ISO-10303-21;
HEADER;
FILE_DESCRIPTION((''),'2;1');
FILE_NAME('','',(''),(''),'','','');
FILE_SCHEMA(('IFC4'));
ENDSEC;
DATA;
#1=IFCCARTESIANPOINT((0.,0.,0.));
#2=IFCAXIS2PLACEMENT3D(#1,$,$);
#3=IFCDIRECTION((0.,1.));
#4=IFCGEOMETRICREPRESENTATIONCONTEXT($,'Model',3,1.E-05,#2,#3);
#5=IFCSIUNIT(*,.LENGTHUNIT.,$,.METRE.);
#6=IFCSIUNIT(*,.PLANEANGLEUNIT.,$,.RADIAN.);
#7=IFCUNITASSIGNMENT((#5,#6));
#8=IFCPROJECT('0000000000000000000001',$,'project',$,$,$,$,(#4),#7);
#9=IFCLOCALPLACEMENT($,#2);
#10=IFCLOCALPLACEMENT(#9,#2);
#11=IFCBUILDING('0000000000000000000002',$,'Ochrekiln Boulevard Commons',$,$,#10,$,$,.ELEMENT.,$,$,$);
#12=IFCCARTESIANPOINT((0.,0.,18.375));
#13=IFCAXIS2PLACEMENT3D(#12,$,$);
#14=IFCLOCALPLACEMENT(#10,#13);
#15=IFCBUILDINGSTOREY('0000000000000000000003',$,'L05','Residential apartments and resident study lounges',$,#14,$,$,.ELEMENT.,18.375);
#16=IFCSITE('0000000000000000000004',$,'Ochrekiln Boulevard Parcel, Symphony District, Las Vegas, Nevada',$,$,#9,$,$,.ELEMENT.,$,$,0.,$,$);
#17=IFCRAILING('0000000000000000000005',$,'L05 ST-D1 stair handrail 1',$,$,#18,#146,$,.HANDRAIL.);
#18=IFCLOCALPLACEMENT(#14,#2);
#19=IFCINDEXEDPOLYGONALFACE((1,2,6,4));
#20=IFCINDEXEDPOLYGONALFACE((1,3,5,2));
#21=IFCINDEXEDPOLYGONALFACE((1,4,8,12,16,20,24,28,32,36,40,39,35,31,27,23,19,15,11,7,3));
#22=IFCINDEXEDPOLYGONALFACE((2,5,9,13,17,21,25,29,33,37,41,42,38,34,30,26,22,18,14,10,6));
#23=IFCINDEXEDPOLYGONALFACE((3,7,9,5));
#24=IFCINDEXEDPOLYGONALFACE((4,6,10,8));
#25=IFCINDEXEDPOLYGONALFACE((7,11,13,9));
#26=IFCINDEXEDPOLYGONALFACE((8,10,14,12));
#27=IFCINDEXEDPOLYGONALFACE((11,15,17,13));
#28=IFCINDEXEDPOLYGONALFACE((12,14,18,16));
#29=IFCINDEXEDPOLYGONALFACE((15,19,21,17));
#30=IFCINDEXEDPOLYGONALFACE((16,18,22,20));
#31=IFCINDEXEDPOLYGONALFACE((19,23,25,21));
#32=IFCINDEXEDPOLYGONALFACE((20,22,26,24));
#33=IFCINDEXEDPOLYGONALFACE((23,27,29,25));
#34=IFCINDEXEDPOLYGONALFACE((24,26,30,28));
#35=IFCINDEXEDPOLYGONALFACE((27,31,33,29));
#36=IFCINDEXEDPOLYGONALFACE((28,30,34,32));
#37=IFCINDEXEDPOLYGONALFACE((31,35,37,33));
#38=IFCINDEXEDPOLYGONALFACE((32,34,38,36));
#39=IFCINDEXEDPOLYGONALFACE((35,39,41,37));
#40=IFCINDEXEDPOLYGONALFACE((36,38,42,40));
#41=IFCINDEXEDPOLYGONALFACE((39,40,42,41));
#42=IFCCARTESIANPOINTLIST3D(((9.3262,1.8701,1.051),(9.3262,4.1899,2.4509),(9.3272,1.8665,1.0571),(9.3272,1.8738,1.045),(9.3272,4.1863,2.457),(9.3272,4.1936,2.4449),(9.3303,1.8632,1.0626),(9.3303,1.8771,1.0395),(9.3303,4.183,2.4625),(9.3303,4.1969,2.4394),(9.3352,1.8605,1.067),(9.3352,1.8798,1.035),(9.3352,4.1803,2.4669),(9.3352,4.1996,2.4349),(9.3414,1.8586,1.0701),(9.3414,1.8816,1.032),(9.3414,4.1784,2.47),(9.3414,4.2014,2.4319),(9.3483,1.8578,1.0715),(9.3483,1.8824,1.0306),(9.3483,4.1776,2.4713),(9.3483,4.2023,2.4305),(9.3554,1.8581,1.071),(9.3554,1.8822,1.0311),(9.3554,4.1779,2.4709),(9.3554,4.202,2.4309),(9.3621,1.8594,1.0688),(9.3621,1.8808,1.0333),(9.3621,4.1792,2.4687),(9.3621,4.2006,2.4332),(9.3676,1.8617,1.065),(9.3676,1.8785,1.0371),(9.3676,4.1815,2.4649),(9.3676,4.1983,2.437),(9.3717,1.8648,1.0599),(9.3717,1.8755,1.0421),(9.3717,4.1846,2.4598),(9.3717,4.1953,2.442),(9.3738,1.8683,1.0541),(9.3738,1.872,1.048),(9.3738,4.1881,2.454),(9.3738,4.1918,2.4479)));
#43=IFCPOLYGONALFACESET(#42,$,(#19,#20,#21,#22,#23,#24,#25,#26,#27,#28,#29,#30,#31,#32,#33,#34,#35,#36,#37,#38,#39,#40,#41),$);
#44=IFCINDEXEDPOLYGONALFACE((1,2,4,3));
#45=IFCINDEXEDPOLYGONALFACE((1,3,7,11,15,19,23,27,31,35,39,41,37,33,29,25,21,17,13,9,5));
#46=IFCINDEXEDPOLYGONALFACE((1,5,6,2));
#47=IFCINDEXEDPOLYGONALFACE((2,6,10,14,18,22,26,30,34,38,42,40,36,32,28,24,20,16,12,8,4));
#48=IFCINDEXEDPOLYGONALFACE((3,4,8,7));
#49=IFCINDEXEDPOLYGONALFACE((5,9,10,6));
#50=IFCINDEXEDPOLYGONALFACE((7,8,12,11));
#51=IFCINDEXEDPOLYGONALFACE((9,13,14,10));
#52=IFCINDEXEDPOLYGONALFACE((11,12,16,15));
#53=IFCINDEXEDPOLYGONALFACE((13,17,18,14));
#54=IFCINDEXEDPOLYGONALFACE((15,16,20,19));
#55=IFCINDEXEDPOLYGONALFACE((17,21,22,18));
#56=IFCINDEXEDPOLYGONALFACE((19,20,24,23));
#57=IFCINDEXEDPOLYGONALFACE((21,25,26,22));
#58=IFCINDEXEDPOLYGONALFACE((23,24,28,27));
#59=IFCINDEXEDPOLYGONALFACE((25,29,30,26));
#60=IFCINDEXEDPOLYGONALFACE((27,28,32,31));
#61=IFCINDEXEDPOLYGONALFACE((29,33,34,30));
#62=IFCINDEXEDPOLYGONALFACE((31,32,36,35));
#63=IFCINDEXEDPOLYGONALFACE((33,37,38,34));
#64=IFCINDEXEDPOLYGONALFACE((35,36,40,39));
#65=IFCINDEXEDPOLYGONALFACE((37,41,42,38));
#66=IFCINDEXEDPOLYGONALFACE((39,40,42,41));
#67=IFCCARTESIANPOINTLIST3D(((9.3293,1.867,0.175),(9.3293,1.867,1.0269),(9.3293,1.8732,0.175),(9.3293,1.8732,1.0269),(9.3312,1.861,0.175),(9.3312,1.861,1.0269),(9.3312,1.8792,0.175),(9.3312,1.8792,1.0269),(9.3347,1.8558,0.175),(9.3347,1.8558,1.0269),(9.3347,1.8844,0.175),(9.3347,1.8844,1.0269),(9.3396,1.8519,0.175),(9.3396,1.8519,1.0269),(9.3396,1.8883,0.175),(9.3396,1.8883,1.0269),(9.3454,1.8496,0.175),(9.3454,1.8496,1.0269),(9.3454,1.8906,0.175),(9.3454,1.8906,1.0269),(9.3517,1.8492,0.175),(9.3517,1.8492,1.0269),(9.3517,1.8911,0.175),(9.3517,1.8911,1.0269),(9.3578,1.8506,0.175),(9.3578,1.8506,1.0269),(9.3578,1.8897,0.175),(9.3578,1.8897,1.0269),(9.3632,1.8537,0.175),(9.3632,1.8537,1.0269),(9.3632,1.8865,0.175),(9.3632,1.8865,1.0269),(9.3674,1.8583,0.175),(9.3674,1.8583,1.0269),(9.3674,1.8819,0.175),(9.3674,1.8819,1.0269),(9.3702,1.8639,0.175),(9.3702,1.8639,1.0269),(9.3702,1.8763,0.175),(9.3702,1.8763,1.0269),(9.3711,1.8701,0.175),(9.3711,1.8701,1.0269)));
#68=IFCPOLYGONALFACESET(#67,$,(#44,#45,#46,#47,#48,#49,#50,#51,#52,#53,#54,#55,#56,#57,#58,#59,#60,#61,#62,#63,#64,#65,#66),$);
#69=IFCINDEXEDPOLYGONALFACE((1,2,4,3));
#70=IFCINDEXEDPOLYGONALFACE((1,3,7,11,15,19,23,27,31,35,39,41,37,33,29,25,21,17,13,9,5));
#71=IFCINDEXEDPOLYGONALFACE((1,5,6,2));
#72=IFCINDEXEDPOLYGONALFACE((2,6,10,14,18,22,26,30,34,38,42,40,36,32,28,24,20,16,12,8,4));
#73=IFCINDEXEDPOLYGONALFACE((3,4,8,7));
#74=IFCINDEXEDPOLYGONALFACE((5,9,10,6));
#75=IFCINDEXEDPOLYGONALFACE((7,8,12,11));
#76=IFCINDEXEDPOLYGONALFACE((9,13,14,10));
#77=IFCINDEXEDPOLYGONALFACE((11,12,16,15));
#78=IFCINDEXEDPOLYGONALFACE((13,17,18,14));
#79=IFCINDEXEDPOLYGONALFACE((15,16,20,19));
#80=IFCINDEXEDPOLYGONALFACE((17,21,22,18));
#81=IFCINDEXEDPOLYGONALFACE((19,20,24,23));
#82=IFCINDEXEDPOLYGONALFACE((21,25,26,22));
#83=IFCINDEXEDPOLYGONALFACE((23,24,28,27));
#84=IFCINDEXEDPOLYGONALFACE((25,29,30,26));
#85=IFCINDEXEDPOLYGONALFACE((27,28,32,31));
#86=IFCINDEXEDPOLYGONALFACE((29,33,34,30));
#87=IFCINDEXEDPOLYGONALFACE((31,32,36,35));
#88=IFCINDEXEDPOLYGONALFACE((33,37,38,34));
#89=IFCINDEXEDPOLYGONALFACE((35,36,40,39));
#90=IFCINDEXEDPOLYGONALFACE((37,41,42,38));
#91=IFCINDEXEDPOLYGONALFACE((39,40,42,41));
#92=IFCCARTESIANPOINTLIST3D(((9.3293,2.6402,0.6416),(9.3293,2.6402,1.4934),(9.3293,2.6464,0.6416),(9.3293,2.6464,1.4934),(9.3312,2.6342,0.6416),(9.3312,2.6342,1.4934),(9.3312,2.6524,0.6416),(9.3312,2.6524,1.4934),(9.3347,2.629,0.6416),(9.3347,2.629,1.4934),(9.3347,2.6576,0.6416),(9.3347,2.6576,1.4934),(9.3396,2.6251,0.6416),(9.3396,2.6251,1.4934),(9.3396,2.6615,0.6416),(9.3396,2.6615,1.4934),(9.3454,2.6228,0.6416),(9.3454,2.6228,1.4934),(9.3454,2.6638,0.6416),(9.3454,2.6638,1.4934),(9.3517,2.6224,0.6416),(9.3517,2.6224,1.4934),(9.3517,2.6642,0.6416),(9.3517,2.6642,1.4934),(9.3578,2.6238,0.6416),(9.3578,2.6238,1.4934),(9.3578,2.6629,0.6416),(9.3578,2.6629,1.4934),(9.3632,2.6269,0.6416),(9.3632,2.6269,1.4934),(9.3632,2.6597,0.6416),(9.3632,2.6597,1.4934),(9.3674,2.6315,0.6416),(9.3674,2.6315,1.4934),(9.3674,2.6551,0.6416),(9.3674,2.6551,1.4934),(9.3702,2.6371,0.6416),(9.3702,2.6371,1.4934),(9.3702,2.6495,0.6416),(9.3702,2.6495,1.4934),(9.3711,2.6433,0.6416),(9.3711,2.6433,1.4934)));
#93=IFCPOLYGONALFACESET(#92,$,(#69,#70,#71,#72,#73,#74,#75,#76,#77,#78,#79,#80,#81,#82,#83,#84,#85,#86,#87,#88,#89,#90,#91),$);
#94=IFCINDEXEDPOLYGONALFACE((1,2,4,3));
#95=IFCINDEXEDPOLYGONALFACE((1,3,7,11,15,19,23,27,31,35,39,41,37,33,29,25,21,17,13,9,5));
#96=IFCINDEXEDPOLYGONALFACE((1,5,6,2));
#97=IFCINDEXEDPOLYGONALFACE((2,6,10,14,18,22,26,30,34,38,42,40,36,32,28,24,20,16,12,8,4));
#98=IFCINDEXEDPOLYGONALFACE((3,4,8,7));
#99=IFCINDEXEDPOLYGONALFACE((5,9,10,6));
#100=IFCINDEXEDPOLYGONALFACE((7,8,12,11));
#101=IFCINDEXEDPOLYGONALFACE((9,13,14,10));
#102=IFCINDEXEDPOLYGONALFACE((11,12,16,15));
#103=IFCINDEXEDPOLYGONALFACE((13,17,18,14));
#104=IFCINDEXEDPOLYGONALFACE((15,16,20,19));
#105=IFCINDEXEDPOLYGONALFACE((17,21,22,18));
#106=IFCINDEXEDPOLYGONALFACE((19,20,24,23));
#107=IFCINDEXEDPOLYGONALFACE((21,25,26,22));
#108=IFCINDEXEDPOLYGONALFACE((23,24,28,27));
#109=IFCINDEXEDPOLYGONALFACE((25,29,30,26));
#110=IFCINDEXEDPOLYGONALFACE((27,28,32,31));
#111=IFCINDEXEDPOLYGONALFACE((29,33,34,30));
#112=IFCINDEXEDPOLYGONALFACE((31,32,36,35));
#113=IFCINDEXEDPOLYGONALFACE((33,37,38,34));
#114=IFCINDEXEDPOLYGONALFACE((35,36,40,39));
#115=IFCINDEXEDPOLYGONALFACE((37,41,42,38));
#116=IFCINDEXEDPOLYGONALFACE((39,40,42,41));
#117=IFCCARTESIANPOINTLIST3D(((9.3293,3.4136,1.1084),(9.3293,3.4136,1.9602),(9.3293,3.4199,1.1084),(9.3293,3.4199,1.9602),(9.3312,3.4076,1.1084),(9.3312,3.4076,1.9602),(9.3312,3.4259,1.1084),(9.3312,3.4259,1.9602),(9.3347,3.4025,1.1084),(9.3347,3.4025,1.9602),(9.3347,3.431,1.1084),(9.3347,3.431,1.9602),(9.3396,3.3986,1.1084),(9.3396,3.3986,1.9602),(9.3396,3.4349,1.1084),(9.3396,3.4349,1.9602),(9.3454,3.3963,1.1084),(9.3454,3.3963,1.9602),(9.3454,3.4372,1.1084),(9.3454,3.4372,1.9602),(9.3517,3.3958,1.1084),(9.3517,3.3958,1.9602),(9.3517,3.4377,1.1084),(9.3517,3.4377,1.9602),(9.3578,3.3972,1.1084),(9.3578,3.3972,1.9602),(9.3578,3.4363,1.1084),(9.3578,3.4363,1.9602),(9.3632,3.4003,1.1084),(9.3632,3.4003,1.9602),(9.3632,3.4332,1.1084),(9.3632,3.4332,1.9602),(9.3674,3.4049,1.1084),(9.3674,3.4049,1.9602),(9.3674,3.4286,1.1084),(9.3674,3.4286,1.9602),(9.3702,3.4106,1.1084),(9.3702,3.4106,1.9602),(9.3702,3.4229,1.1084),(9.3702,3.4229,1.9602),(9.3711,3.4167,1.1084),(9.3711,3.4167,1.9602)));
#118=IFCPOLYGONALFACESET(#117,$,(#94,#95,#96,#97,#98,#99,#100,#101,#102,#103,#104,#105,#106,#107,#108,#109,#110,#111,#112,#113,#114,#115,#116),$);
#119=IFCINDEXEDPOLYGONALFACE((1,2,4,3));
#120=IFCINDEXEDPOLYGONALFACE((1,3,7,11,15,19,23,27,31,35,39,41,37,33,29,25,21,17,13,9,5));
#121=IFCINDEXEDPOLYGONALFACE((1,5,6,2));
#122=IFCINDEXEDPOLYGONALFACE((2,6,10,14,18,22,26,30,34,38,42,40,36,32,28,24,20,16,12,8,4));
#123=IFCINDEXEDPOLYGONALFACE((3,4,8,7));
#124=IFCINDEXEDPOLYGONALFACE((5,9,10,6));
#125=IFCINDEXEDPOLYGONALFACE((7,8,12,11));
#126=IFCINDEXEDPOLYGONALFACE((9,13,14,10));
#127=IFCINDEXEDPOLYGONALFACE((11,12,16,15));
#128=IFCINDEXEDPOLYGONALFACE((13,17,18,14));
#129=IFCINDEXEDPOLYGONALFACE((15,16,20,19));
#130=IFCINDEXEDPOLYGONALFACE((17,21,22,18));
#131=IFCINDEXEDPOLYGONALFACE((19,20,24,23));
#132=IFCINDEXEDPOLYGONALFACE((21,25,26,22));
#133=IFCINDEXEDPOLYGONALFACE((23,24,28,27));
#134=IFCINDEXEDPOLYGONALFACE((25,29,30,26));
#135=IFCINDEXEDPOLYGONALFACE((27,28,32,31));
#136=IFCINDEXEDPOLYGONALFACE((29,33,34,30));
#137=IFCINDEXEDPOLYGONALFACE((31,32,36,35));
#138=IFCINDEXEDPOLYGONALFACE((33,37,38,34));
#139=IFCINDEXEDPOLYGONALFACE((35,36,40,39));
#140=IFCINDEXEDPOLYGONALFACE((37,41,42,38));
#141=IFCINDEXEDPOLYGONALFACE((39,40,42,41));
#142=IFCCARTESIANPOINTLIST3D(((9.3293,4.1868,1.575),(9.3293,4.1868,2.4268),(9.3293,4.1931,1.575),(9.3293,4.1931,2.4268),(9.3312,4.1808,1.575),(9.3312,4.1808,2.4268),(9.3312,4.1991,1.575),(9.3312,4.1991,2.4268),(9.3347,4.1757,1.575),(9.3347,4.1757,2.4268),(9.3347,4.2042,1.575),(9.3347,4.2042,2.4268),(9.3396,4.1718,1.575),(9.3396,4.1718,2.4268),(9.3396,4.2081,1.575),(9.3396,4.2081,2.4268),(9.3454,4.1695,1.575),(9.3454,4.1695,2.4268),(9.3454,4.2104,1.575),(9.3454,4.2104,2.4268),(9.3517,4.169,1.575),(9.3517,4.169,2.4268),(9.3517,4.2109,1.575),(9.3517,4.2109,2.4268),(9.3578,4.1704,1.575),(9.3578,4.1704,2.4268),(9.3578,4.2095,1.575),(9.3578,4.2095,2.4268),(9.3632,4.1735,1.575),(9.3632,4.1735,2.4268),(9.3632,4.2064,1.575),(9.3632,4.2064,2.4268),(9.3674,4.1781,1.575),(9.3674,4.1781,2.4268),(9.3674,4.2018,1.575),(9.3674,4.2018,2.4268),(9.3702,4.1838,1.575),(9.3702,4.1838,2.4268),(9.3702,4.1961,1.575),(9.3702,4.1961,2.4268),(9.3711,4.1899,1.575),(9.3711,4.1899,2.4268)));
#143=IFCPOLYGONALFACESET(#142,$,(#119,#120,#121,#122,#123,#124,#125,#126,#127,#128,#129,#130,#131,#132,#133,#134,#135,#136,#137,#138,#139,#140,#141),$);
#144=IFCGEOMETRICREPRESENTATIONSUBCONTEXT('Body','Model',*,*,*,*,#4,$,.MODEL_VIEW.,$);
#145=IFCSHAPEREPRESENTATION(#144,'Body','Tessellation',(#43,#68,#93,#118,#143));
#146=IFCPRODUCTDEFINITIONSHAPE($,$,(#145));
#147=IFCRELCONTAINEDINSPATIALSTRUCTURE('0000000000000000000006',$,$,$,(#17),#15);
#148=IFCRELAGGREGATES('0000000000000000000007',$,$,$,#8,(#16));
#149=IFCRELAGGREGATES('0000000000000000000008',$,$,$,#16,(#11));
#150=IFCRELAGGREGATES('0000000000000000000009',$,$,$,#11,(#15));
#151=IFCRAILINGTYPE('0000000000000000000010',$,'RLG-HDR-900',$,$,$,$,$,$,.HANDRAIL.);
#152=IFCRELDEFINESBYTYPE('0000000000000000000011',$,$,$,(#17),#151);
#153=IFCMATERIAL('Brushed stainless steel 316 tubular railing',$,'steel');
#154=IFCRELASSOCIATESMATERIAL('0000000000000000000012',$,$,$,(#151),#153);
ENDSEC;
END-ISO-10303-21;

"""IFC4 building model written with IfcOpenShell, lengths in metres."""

from ifc_helpers import new_model, si_unit, direction, frame, origin, origin_2d, place, context, subcontext, project, spatial, circle, extrude, material, type_object, element, save


model = new_model("IFC4")

# Units and contexts
model_context = context("Model", 3, precision=1e-05, world=origin(), true_north=direction((0.0, 1.0)))
body_context = subcontext(model_context, "Body", "Model", "MODEL_VIEW")
ifc_project = project(units=[si_unit("LENGTHUNIT", "METRE"), si_unit("PLANEANGLEUNIT", "RADIAN")], contexts=[model_context])

# Site, building, storey
site_placement = place(None, origin())
site = spatial("IfcSite", under=ifc_project, at=site_placement, Name="Ochrekiln Boulevard Parcel, Symphony District, Las Vegas, Nevada", CompositionType="ELEMENT", RefElevation=0.0)
building_placement = place(site_placement, origin())
building = spatial("IfcBuilding", under=site, at=building_placement, Name="Ochrekiln Boulevard Commons", CompositionType="ELEMENT")
storey_placement = place(building_placement, frame((0.0, 0.0, 18.375)))
storey = spatial("IfcBuildingStorey", under=building, at=storey_placement, Name="L05", Description="Residential apartments and resident study lounges", CompositionType="ELEMENT", Elevation=18.375)

# Railing
ifc_material_1 = material(Name="Brushed stainless steel 316 tubular railing", Category="steel")
railing_type_1 = type_object("IfcRailingType", Name="RLG-HDR-900", PredefinedType="HANDRAIL", material=ifc_material_1)
railing_1_placement = place(storey_placement, frame((9.3501, 1.8701, 0.175)))
element("IfcRailing", 1, at=railing_1_placement, inside=storey, type_object=railing_type_1, Name="L05 ST-D1 stair handrail 1", PredefinedType="HANDRAIL", context=body_context, shape_type="SweptSolid", body=[
    extrude(circle(Radius=0.0239, at=origin_2d()), frame((0.0, 0.0, 0.876), z_axis=(0.0, 0.856186, 0.516667), x_axis=(-1.0, 0.0, 0.0)), (0.0, 0.0, 1.0), 2.7095),
    extrude(circle(Radius=0.021, at=origin_2d()), origin(), (0.0, 0.0, 1.0), 0.8518),
    extrude(circle(Radius=0.021, at=origin_2d()), frame((0.0, 0.7732, 0.4666)), (0.0, 0.0, 1.0), 0.8518),
    extrude(circle(Radius=0.021, at=origin_2d()), frame((0.0, 1.5466, 0.9333)), (0.0, 0.0, 1.0), 0.8518),
    extrude(circle(Radius=0.021, at=origin_2d()), frame((0.0, 2.3198, 1.3999)), (0.0, 0.0, 1.0), 0.8518),
])

save(model, "model.ifc")
